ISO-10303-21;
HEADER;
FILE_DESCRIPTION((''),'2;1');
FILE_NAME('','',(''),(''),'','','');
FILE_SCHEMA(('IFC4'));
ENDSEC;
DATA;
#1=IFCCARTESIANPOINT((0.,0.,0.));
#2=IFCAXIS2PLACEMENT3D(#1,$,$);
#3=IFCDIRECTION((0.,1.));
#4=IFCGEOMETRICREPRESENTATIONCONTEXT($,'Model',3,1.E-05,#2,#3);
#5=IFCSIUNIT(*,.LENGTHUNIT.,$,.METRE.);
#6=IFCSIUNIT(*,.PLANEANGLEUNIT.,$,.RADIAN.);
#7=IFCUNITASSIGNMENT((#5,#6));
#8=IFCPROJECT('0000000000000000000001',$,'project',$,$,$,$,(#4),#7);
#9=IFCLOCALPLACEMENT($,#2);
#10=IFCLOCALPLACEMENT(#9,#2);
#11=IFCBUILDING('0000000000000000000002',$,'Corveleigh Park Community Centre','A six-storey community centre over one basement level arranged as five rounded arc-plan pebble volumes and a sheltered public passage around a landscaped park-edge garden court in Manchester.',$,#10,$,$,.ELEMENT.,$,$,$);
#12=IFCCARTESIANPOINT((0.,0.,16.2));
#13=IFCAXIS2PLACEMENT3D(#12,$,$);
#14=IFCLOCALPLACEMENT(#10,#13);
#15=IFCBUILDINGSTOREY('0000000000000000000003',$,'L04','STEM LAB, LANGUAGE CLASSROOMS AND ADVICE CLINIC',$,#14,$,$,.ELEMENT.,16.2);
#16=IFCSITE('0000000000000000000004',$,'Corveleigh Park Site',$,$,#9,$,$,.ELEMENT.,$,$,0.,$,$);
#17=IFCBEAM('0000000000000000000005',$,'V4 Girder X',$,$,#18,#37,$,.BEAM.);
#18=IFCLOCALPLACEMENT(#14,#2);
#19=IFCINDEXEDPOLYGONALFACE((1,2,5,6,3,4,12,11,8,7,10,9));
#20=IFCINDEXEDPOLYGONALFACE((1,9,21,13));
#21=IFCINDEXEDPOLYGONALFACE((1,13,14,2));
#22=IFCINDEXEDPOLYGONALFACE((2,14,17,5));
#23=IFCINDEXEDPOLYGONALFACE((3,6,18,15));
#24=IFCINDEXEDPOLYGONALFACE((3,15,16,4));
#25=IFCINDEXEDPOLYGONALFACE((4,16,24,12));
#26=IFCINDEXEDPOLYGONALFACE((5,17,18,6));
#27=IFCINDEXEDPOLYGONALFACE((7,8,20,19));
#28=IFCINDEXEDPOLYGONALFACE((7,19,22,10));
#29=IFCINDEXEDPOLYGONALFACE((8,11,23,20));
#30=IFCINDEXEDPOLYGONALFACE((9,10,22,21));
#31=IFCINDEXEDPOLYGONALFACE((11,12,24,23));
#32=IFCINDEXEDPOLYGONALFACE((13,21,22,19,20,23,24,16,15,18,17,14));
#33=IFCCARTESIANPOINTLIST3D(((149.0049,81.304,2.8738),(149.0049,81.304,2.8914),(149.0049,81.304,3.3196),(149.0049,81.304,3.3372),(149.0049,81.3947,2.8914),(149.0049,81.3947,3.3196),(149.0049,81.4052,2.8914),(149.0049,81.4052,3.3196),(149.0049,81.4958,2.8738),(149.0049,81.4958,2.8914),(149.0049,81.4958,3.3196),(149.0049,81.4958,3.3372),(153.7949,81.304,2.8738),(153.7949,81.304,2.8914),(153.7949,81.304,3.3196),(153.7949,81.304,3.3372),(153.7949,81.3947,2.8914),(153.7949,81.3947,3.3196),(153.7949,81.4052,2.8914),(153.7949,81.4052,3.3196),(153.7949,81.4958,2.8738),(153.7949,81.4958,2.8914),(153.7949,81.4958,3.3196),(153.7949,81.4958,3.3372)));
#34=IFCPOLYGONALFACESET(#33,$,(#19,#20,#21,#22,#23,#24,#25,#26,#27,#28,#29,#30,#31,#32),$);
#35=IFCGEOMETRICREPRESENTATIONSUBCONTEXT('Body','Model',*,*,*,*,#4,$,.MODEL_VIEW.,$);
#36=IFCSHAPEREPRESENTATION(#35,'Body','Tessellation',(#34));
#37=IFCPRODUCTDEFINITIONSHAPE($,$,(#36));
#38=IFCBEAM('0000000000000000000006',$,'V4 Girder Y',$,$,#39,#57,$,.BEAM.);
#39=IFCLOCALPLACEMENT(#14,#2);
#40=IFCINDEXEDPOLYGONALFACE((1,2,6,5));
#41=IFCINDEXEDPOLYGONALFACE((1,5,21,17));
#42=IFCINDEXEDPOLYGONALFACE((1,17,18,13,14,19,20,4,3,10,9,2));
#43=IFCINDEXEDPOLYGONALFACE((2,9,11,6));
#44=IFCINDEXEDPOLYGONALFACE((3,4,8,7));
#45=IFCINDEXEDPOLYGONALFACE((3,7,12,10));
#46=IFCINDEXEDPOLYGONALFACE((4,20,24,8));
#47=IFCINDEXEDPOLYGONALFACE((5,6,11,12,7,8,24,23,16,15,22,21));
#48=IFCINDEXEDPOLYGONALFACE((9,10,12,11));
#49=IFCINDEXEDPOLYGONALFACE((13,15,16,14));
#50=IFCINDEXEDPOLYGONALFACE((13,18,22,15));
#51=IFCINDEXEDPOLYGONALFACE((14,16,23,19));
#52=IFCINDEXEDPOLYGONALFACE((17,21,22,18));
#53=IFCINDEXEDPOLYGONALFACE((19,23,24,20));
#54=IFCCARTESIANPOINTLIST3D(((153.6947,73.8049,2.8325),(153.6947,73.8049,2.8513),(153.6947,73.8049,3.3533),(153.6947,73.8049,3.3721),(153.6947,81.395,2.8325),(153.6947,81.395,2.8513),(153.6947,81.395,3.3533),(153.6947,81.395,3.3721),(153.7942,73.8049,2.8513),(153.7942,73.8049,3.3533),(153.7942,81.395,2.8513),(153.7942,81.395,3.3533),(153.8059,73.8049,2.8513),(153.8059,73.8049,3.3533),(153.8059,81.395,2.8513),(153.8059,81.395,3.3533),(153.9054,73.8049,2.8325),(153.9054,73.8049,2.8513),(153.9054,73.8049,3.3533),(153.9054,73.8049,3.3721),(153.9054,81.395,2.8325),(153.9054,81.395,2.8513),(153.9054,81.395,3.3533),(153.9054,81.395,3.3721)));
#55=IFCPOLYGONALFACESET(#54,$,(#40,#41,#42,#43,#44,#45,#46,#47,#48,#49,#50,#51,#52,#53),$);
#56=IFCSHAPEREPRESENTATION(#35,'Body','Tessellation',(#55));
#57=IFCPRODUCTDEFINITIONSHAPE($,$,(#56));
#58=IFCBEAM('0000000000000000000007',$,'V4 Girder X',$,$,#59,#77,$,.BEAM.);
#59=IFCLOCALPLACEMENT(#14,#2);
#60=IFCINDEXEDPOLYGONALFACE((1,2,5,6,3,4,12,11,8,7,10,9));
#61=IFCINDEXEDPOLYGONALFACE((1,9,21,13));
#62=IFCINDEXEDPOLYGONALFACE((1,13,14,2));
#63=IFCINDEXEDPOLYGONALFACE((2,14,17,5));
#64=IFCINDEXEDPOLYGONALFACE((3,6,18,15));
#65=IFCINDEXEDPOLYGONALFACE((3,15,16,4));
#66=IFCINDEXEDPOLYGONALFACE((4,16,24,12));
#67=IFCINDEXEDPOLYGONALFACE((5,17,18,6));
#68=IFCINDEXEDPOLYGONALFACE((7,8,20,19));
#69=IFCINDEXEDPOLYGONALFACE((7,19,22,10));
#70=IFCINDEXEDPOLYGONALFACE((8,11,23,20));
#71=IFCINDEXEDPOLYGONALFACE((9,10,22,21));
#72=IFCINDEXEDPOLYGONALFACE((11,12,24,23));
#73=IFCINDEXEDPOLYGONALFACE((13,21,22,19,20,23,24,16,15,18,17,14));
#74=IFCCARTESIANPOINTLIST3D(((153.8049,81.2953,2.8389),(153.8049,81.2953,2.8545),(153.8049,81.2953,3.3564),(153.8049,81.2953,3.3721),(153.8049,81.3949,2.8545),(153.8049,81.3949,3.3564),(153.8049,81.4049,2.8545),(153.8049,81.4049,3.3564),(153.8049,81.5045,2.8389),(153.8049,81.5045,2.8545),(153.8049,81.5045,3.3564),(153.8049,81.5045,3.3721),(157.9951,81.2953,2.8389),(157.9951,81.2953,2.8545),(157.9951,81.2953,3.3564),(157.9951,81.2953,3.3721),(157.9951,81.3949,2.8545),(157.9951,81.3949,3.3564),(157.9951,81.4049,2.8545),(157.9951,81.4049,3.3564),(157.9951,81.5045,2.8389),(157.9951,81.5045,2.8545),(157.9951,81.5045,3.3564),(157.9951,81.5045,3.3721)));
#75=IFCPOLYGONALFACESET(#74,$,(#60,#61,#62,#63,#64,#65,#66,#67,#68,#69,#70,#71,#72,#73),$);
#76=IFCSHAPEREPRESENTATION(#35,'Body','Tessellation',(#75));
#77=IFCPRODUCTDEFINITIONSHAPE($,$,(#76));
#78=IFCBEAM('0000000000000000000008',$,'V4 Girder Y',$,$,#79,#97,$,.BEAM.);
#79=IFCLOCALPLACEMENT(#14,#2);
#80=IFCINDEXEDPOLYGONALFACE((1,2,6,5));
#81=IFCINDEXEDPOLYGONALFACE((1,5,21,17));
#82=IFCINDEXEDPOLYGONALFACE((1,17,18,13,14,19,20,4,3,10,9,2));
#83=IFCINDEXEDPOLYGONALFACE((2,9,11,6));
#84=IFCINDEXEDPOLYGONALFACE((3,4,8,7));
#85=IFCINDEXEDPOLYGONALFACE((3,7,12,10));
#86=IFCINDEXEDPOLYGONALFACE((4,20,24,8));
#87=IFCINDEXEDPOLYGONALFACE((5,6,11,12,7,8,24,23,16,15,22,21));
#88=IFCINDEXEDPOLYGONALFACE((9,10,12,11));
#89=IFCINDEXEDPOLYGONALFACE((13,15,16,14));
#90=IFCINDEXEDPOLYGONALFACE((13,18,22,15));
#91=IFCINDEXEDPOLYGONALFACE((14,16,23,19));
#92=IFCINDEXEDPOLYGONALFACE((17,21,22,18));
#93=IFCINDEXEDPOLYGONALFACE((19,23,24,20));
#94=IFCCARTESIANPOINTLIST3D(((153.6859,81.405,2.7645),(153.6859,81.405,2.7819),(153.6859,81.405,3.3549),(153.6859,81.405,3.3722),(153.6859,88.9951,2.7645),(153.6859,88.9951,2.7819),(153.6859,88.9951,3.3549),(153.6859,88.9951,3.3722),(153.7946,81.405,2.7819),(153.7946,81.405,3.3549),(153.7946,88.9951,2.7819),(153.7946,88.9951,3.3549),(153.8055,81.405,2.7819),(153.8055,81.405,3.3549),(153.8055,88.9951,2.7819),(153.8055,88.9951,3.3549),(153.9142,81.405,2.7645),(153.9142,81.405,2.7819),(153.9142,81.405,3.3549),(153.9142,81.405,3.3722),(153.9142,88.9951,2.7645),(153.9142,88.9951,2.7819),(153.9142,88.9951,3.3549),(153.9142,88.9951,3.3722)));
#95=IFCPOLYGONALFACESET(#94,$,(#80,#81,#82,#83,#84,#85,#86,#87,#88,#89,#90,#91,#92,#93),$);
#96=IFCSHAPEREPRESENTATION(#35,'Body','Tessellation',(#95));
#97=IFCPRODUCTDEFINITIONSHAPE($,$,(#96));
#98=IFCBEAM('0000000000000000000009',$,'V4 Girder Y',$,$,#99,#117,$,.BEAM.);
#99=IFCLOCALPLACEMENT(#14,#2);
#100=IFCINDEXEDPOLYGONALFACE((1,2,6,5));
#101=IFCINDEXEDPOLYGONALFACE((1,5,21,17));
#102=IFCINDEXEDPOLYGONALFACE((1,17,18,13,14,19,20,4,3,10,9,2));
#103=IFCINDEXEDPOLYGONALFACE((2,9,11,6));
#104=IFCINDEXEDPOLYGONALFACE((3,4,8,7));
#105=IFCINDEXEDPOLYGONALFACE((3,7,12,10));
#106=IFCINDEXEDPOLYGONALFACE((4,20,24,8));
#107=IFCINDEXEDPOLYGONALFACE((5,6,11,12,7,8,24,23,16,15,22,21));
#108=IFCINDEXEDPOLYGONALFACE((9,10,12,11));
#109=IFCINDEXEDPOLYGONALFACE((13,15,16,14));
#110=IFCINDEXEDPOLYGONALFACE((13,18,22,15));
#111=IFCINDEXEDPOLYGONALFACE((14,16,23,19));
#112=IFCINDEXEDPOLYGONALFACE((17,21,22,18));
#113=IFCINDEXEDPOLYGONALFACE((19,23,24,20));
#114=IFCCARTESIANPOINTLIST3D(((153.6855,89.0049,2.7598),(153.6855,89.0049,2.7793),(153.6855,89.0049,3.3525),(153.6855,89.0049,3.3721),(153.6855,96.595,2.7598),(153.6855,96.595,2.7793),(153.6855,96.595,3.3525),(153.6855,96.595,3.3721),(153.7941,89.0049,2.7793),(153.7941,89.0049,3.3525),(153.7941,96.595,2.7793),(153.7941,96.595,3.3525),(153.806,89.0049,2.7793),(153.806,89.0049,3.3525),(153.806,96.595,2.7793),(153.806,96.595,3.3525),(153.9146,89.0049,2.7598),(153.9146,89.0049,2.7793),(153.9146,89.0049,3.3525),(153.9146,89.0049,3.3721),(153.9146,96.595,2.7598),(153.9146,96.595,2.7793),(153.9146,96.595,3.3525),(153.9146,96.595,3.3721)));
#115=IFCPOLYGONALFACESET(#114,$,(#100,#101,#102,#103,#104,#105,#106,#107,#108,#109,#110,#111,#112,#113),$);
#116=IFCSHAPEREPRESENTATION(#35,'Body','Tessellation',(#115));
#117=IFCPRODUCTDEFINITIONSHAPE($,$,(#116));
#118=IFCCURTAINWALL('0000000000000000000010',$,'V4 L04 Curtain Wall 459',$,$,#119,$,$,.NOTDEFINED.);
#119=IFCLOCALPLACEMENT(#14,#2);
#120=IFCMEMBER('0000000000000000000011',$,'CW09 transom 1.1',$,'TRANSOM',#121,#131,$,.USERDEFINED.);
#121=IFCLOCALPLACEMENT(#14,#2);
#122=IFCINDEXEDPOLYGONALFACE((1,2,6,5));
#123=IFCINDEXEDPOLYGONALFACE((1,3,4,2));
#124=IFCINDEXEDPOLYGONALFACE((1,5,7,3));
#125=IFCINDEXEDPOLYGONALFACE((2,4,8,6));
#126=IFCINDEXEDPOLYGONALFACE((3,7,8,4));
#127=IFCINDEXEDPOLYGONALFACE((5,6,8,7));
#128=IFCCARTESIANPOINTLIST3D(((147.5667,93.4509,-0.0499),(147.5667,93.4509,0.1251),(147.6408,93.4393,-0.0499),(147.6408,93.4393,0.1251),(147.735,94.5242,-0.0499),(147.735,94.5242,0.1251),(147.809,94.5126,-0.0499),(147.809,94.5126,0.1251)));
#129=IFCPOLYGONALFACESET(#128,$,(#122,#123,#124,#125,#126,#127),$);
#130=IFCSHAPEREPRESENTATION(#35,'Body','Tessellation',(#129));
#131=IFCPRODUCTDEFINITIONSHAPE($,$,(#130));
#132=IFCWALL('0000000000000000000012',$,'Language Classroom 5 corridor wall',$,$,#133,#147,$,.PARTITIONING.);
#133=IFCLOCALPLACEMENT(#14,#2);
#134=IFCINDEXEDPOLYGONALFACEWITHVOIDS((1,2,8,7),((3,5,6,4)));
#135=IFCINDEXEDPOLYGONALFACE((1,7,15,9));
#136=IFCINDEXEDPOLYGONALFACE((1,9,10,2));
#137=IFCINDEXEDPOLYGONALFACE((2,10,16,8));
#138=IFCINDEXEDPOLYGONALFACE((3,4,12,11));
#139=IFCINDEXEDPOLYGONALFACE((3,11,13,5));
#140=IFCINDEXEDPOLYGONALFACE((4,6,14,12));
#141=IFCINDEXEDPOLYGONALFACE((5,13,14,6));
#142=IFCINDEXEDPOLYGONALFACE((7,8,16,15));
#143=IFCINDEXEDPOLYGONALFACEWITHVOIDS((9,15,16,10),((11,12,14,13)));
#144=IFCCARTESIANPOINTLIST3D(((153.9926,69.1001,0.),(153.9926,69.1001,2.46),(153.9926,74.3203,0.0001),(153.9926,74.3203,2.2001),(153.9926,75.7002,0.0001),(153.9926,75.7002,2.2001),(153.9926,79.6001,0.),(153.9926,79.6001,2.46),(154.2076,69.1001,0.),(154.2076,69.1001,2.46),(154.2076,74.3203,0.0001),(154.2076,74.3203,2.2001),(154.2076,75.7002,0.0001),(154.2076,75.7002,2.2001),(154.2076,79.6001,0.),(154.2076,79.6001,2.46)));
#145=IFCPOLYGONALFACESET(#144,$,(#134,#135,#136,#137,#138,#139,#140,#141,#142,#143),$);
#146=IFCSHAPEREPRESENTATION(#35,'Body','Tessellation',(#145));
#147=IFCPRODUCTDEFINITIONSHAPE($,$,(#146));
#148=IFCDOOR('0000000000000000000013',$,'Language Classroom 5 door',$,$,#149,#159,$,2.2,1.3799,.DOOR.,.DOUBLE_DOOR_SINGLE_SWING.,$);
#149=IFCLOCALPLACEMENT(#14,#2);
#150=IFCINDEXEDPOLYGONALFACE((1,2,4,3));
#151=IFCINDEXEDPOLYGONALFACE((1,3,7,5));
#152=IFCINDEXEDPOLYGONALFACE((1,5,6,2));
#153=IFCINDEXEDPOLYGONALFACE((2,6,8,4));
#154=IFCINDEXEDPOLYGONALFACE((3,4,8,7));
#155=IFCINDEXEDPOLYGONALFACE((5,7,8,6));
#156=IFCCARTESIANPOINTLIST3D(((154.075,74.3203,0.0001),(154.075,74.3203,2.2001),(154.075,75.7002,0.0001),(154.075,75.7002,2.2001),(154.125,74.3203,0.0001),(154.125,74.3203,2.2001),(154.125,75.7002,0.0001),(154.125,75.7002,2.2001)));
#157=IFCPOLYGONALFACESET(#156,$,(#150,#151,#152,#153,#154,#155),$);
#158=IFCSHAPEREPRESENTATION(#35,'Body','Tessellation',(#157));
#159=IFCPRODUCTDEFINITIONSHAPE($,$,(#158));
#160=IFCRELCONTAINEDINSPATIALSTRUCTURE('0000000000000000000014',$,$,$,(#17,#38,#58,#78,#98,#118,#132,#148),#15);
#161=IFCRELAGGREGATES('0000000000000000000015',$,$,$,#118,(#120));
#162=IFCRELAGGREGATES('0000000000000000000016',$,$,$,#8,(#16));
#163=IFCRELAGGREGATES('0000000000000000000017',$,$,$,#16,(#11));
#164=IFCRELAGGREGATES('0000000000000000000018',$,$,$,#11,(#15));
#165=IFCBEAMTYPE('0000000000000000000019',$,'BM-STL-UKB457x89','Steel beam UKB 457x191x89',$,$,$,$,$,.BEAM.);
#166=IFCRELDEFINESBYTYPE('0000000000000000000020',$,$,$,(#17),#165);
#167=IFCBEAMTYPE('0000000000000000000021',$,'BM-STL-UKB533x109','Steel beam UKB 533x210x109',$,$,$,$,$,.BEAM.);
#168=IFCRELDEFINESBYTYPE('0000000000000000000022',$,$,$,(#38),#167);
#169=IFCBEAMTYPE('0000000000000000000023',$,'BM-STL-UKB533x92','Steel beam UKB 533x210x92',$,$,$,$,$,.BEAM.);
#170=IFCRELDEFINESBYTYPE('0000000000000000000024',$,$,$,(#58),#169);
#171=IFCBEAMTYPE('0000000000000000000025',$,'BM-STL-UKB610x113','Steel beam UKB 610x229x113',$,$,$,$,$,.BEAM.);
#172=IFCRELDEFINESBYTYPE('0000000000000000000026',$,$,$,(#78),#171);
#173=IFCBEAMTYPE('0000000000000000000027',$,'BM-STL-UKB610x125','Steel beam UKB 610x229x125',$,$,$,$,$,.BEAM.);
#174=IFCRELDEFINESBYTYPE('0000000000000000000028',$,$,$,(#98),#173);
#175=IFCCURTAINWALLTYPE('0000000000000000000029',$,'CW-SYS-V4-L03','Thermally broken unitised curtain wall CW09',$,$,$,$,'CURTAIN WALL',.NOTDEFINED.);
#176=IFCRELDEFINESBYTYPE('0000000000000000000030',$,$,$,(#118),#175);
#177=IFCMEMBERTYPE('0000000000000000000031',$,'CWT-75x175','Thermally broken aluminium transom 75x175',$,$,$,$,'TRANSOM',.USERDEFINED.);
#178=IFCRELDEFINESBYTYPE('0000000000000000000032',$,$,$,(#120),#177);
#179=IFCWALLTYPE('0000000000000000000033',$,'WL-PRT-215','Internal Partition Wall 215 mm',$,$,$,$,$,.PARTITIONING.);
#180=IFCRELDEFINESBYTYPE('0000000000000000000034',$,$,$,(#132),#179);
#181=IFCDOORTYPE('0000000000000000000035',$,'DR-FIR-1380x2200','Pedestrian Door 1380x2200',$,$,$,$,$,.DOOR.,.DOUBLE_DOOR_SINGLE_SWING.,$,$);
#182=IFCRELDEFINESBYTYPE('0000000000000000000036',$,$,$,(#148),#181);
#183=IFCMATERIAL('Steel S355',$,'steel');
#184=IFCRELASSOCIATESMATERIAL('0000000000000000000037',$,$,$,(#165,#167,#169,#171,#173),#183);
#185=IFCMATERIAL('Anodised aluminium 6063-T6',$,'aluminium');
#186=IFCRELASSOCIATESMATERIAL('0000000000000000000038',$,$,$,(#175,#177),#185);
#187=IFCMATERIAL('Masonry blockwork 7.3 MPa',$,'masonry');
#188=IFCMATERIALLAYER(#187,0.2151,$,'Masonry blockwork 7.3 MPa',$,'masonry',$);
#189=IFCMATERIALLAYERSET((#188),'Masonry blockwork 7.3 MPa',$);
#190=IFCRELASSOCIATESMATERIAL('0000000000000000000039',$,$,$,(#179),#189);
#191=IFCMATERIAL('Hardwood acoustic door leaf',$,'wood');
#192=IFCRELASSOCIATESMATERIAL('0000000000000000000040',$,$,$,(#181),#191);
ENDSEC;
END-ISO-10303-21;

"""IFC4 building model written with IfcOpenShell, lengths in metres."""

from ifc_helpers import new_model, si_unit, direction, frame, frame_2d, origin, origin_2d, place, context, subcontext, project, spatial, rectangle, i_section, extrude, material, layer, layer_set, material_profile, profile_set, type_object, element, fill, aggregate, save


model = new_model("IFC4")

# Units and contexts
model_context = context("Model", 3, precision=1e-05, world=origin(), true_north=direction((0.0, 1.0)))
body_context = subcontext(model_context, "Body", "Model", "MODEL_VIEW")
ifc_project = project(units=[si_unit("LENGTHUNIT", "METRE"), si_unit("PLANEANGLEUNIT", "RADIAN")], contexts=[model_context])

# Site, building, storey
site_placement = place(None, origin())
site = spatial("IfcSite", under=ifc_project, at=site_placement, Name="Corveleigh Park Site", CompositionType="ELEMENT", RefElevation=0.0)
building_placement = place(site_placement, origin())
building = spatial("IfcBuilding", under=site, at=building_placement, Name="Corveleigh Park Community Centre", Description="A six-storey community centre over one basement level arranged as five rounded arc-plan pebble volumes and a sheltered public passage around a landscaped park-edge garden court in Manchester.", CompositionType="ELEMENT")
storey_placement = place(building_placement, frame((0.0, 0.0, 16.2)))
storey = spatial("IfcBuildingStorey", under=building, at=storey_placement, Name="L04", Description="STEM LAB, LANGUAGE CLASSROOMS AND ADVICE CLINIC", CompositionType="ELEMENT", Elevation=16.2)

# Shared definitions
ifc_material_1 = material(Name="Steel S355", Category="steel")

# Beams
ifc_material_profile_1 = material_profile(ifc_material_1, i_section(OverallWidth=0.1919, OverallDepth=0.4634, WebThickness=0.0105, FlangeThickness=0.0176, at=origin_2d()), Name="UKB 457x191x89", Category="steel")
ifc_profile_set_1 = profile_set([ifc_material_profile_1], Name="Steel S355")
beam_type_1 = type_object("IfcBeamType", Name="BM-STL-UKB457x89", Description="Steel beam UKB 457x191x89", PredefinedType="BEAM", material=ifc_profile_set_1)
beam_1_placement = place(storey_placement, frame((149.0049, 81.3999, 3.1055), z_axis=(1.0, 0.0, 0.0), x_axis=(0.0, 1.0, 0.0)))
element("IfcBeam", 1, at=beam_1_placement, inside=storey, type_object=beam_type_1, Name="V4 Girder X", PredefinedType="BEAM", context=body_context, shape_type="SweptSolid", body=[
    extrude(i_section(OverallWidth=0.1919, OverallDepth=0.4634, WebThickness=0.0105, FlangeThickness=0.0176, at=origin_2d()), origin(), (0.0, 0.0, 1.0), 4.79),
])
ifc_material_profile_2 = material_profile(ifc_material_1, i_section(OverallWidth=0.2107, OverallDepth=0.5396, WebThickness=0.0117, FlangeThickness=0.0188, at=origin_2d()), Name="UKB 533x210x109", Category="steel")
ifc_profile_set_2 = profile_set([ifc_material_profile_2], Name="Steel S355")
beam_type_2 = type_object("IfcBeamType", Name="BM-STL-UKB533x109", Description="Steel beam UKB 533x210x109", PredefinedType="BEAM", material=ifc_profile_set_2)
beam_2_placement = place(storey_placement, frame((153.8, 73.8049, 3.1023), z_axis=(0.0, 1.0, 0.0), x_axis=(-1.0, 0.0, 0.0)))
element("IfcBeam", 2, at=beam_2_placement, inside=storey, type_object=beam_type_2, Name="V4 Girder Y", PredefinedType="BEAM", context=body_context, shape_type="SweptSolid", body=[
    extrude(i_section(OverallWidth=0.2107, OverallDepth=0.5396, WebThickness=0.0117, FlangeThickness=0.0188, at=origin_2d()), origin(), (0.0, 0.0, 1.0), 7.5901),
])
ifc_material_profile_3 = material_profile(ifc_material_1, i_section(OverallWidth=0.2092, OverallDepth=0.5332, WebThickness=0.01, FlangeThickness=0.0156, at=origin_2d()), Name="UKB 533x210x92", Category="steel")
ifc_profile_set_3 = profile_set([ifc_material_profile_3], Name="Steel S355")
beam_type_3 = type_object("IfcBeamType", Name="BM-STL-UKB533x92", Description="Steel beam UKB 533x210x92", PredefinedType="BEAM", material=ifc_profile_set_3)
beam_3_placement = place(storey_placement, frame((153.8049, 81.3999, 3.1055), z_axis=(1.0, 0.0, 0.0), x_axis=(0.0, 1.0, 0.0)))
element("IfcBeam", 3, at=beam_3_placement, inside=storey, type_object=beam_type_3, Name="V4 Girder X", PredefinedType="BEAM", context=body_context, shape_type="SweptSolid", body=[
    extrude(i_section(OverallWidth=0.2092, OverallDepth=0.5332, WebThickness=0.01, FlangeThickness=0.0156, at=origin_2d()), origin(), (0.0, 0.0, 1.0), 4.1902),
])
ifc_material_profile_4 = material_profile(ifc_material_1, i_section(OverallWidth=0.2283, OverallDepth=0.6077, WebThickness=0.011, FlangeThickness=0.0173, at=origin_2d()), Name="UKB 610x229x113", Category="steel")
ifc_profile_set_4 = profile_set([ifc_material_profile_4], Name="Steel S355")
beam_type_4 = type_object("IfcBeamType", Name="BM-STL-UKB610x113", Description="Steel beam UKB 610x229x113", PredefinedType="BEAM", material=ifc_profile_set_4)
beam_4_placement = place(storey_placement, frame((153.8, 81.405, 3.0684), z_axis=(0.0, 1.0, 0.0), x_axis=(-1.0, 0.0, 0.0)))
element("IfcBeam", 4, at=beam_4_placement, inside=storey, type_object=beam_type_4, Name="V4 Girder Y", PredefinedType="BEAM", context=body_context, shape_type="SweptSolid", body=[
    extrude(i_section(OverallWidth=0.2283, OverallDepth=0.6077, WebThickness=0.011, FlangeThickness=0.0173, at=origin_2d()), origin(), (0.0, 0.0, 1.0), 7.5901),
])
ifc_material_profile_5 = material_profile(ifc_material_1, i_section(OverallWidth=0.229, OverallDepth=0.6123, WebThickness=0.012, FlangeThickness=0.0195, at=origin_2d()), Name="UKB 610x229x125", Category="steel")
ifc_profile_set_5 = profile_set([ifc_material_profile_5], Name="Steel S355")
beam_type_5 = type_object("IfcBeamType", Name="BM-STL-UKB610x125", Description="Steel beam UKB 610x229x125", PredefinedType="BEAM", material=ifc_profile_set_5)
beam_5_placement = place(storey_placement, frame((153.8, 89.0049, 3.0659), z_axis=(0.0, 1.0, 0.0), x_axis=(-1.0, 0.0, 0.0)))
element("IfcBeam", 5, at=beam_5_placement, inside=storey, type_object=beam_type_5, Name="V4 Girder Y", PredefinedType="BEAM", context=body_context, shape_type="SweptSolid", body=[
    extrude(i_section(OverallWidth=0.229, OverallDepth=0.6123, WebThickness=0.012, FlangeThickness=0.0195, at=origin_2d()), origin(), (0.0, 0.0, 1.0), 7.5901),
])

# Curtain wall, member
ifc_material_2 = material(Name="Anodised aluminium 6063-T6", Category="aluminium")
curtain_wall_type = type_object("IfcCurtainWallType", Name="CW-SYS-V4-L03", Description="Thermally broken unitised curtain wall CW09", ElementType="CURTAIN WALL", PredefinedType="NOTDEFINED", material=ifc_material_2)
curtain_wall_placement = place(storey_placement, origin())
curtain_wall = element("IfcCurtainWall", 6, at=curtain_wall_placement, inside=storey, type_object=curtain_wall_type, Name="V4 L04 Curtain Wall 459", PredefinedType="NOTDEFINED")
ifc_material_profile_6 = material_profile(ifc_material_2, rectangle(XDim=0.075, YDim=0.175, at=origin_2d()), Name="ALU-T75x175", Category="aluminium")
ifc_profile_set_6 = profile_set([ifc_material_profile_6], Name="Anodised aluminium 6063-T6")
member_type = type_object("IfcMemberType", Name="CWT-75x175", Description="Thermally broken aluminium transom 75x175", ElementType="TRANSOM", PredefinedType="USERDEFINED", material=ifc_profile_set_6)
member_placement = place(storey_placement, frame((147.6038, 93.4451, 0.0376), z_axis=(0.154843, 0.987939, 0.0), x_axis=(-0.987939, 0.154843, 0.0)))
member = element("IfcMember", 7, at=member_placement, type_object=member_type, Name="CW09 transom 1.1", ObjectType="TRANSOM", PredefinedType="USERDEFINED", context=body_context, shape_type="SweptSolid", body=[
    extrude(rectangle(XDim=0.075, YDim=0.175, at=origin_2d()), origin(), (0.0, 0.0, 1.0), 1.0864),
])
aggregate(curtain_wall, [member])

# Wall, opening, door
ifc_material_3 = material(Name="Masonry blockwork 7.3 MPa", Category="masonry")
ifc_layer_1 = layer(ifc_material_3, 0.2151, Name="Masonry blockwork 7.3 MPa", Category="masonry")
ifc_layer_set_1 = layer_set([ifc_layer_1], Name="Masonry blockwork 7.3 MPa")
wall_type_1 = type_object("IfcWallType", Name="WL-PRT-215", Description="Internal Partition Wall 215 mm", PredefinedType="PARTITIONING", material=ifc_layer_set_1)
wall_1_placement = place(storey_placement, frame((154.1001, 79.6001, 0.0), z_axis=(0.0, 0.0, 1.0), x_axis=(0.0, -1.0, 0.0)))
wall_1 = element("IfcWall", 8, at=wall_1_placement, inside=storey, type_object=wall_type_1, Name="Language Classroom 5 corridor wall", PredefinedType="PARTITIONING", context=body_context, shape_type="SweptSolid", body=[
    extrude(rectangle(XDim=10.5, YDim=0.2151, at=frame_2d((5.25, 0.0))), origin(), (0.0, 0.0, 1.0), 2.46),
])
opening_1_placement = place(wall_1_placement, frame((3.8999, 0.0, 0.0)))
opening_1 = element("IfcOpeningElement", 9, at=opening_1_placement, cuts=wall_1, PredefinedType="OPENING", context=body_context, shape_type="SweptSolid", body=[
    extrude(rectangle(XDim=1.3799, YDim=2.2, at=frame_2d((0.6899, 1.1001))), frame((0.0, 0.1174, 0.0), z_axis=(0.0, -1.0, 0.0), x_axis=(1.0, 0.0, 0.0)), (0.0, 0.0, 1.0), 0.2351),
])
ifc_material_4 = material(Name="Hardwood acoustic door leaf", Category="wood")
door_type_1 = type_object("IfcDoorType", Name="DR-FIR-1380x2200", Description="Pedestrian Door 1380x2200", OperationType="DOUBLE_DOOR_SINGLE_SWING", PredefinedType="DOOR", material=ifc_material_4)
door_1_placement = place(opening_1_placement, origin())
door_1 = element("IfcDoor", 10, at=door_1_placement, inside=storey, type_object=door_type_1, Name="Language Classroom 5 door", OperationType="DOUBLE_DOOR_SINGLE_SWING", OverallHeight=2.2, OverallWidth=1.3799, PredefinedType="DOOR", context=body_context, shape_type="SweptSolid", body=[
    extrude(rectangle(XDim=1.3799, YDim=2.2, at=frame_2d((0.6899, 1.1001))), frame((0.0, 0.0249, 0.0), z_axis=(0.0, -1.0, 0.0), x_axis=(1.0, 0.0, 0.0)), (0.0, 0.0, 1.0), 0.05),
])
fill(opening_1, door_1)

save(model, "model.ifc")
